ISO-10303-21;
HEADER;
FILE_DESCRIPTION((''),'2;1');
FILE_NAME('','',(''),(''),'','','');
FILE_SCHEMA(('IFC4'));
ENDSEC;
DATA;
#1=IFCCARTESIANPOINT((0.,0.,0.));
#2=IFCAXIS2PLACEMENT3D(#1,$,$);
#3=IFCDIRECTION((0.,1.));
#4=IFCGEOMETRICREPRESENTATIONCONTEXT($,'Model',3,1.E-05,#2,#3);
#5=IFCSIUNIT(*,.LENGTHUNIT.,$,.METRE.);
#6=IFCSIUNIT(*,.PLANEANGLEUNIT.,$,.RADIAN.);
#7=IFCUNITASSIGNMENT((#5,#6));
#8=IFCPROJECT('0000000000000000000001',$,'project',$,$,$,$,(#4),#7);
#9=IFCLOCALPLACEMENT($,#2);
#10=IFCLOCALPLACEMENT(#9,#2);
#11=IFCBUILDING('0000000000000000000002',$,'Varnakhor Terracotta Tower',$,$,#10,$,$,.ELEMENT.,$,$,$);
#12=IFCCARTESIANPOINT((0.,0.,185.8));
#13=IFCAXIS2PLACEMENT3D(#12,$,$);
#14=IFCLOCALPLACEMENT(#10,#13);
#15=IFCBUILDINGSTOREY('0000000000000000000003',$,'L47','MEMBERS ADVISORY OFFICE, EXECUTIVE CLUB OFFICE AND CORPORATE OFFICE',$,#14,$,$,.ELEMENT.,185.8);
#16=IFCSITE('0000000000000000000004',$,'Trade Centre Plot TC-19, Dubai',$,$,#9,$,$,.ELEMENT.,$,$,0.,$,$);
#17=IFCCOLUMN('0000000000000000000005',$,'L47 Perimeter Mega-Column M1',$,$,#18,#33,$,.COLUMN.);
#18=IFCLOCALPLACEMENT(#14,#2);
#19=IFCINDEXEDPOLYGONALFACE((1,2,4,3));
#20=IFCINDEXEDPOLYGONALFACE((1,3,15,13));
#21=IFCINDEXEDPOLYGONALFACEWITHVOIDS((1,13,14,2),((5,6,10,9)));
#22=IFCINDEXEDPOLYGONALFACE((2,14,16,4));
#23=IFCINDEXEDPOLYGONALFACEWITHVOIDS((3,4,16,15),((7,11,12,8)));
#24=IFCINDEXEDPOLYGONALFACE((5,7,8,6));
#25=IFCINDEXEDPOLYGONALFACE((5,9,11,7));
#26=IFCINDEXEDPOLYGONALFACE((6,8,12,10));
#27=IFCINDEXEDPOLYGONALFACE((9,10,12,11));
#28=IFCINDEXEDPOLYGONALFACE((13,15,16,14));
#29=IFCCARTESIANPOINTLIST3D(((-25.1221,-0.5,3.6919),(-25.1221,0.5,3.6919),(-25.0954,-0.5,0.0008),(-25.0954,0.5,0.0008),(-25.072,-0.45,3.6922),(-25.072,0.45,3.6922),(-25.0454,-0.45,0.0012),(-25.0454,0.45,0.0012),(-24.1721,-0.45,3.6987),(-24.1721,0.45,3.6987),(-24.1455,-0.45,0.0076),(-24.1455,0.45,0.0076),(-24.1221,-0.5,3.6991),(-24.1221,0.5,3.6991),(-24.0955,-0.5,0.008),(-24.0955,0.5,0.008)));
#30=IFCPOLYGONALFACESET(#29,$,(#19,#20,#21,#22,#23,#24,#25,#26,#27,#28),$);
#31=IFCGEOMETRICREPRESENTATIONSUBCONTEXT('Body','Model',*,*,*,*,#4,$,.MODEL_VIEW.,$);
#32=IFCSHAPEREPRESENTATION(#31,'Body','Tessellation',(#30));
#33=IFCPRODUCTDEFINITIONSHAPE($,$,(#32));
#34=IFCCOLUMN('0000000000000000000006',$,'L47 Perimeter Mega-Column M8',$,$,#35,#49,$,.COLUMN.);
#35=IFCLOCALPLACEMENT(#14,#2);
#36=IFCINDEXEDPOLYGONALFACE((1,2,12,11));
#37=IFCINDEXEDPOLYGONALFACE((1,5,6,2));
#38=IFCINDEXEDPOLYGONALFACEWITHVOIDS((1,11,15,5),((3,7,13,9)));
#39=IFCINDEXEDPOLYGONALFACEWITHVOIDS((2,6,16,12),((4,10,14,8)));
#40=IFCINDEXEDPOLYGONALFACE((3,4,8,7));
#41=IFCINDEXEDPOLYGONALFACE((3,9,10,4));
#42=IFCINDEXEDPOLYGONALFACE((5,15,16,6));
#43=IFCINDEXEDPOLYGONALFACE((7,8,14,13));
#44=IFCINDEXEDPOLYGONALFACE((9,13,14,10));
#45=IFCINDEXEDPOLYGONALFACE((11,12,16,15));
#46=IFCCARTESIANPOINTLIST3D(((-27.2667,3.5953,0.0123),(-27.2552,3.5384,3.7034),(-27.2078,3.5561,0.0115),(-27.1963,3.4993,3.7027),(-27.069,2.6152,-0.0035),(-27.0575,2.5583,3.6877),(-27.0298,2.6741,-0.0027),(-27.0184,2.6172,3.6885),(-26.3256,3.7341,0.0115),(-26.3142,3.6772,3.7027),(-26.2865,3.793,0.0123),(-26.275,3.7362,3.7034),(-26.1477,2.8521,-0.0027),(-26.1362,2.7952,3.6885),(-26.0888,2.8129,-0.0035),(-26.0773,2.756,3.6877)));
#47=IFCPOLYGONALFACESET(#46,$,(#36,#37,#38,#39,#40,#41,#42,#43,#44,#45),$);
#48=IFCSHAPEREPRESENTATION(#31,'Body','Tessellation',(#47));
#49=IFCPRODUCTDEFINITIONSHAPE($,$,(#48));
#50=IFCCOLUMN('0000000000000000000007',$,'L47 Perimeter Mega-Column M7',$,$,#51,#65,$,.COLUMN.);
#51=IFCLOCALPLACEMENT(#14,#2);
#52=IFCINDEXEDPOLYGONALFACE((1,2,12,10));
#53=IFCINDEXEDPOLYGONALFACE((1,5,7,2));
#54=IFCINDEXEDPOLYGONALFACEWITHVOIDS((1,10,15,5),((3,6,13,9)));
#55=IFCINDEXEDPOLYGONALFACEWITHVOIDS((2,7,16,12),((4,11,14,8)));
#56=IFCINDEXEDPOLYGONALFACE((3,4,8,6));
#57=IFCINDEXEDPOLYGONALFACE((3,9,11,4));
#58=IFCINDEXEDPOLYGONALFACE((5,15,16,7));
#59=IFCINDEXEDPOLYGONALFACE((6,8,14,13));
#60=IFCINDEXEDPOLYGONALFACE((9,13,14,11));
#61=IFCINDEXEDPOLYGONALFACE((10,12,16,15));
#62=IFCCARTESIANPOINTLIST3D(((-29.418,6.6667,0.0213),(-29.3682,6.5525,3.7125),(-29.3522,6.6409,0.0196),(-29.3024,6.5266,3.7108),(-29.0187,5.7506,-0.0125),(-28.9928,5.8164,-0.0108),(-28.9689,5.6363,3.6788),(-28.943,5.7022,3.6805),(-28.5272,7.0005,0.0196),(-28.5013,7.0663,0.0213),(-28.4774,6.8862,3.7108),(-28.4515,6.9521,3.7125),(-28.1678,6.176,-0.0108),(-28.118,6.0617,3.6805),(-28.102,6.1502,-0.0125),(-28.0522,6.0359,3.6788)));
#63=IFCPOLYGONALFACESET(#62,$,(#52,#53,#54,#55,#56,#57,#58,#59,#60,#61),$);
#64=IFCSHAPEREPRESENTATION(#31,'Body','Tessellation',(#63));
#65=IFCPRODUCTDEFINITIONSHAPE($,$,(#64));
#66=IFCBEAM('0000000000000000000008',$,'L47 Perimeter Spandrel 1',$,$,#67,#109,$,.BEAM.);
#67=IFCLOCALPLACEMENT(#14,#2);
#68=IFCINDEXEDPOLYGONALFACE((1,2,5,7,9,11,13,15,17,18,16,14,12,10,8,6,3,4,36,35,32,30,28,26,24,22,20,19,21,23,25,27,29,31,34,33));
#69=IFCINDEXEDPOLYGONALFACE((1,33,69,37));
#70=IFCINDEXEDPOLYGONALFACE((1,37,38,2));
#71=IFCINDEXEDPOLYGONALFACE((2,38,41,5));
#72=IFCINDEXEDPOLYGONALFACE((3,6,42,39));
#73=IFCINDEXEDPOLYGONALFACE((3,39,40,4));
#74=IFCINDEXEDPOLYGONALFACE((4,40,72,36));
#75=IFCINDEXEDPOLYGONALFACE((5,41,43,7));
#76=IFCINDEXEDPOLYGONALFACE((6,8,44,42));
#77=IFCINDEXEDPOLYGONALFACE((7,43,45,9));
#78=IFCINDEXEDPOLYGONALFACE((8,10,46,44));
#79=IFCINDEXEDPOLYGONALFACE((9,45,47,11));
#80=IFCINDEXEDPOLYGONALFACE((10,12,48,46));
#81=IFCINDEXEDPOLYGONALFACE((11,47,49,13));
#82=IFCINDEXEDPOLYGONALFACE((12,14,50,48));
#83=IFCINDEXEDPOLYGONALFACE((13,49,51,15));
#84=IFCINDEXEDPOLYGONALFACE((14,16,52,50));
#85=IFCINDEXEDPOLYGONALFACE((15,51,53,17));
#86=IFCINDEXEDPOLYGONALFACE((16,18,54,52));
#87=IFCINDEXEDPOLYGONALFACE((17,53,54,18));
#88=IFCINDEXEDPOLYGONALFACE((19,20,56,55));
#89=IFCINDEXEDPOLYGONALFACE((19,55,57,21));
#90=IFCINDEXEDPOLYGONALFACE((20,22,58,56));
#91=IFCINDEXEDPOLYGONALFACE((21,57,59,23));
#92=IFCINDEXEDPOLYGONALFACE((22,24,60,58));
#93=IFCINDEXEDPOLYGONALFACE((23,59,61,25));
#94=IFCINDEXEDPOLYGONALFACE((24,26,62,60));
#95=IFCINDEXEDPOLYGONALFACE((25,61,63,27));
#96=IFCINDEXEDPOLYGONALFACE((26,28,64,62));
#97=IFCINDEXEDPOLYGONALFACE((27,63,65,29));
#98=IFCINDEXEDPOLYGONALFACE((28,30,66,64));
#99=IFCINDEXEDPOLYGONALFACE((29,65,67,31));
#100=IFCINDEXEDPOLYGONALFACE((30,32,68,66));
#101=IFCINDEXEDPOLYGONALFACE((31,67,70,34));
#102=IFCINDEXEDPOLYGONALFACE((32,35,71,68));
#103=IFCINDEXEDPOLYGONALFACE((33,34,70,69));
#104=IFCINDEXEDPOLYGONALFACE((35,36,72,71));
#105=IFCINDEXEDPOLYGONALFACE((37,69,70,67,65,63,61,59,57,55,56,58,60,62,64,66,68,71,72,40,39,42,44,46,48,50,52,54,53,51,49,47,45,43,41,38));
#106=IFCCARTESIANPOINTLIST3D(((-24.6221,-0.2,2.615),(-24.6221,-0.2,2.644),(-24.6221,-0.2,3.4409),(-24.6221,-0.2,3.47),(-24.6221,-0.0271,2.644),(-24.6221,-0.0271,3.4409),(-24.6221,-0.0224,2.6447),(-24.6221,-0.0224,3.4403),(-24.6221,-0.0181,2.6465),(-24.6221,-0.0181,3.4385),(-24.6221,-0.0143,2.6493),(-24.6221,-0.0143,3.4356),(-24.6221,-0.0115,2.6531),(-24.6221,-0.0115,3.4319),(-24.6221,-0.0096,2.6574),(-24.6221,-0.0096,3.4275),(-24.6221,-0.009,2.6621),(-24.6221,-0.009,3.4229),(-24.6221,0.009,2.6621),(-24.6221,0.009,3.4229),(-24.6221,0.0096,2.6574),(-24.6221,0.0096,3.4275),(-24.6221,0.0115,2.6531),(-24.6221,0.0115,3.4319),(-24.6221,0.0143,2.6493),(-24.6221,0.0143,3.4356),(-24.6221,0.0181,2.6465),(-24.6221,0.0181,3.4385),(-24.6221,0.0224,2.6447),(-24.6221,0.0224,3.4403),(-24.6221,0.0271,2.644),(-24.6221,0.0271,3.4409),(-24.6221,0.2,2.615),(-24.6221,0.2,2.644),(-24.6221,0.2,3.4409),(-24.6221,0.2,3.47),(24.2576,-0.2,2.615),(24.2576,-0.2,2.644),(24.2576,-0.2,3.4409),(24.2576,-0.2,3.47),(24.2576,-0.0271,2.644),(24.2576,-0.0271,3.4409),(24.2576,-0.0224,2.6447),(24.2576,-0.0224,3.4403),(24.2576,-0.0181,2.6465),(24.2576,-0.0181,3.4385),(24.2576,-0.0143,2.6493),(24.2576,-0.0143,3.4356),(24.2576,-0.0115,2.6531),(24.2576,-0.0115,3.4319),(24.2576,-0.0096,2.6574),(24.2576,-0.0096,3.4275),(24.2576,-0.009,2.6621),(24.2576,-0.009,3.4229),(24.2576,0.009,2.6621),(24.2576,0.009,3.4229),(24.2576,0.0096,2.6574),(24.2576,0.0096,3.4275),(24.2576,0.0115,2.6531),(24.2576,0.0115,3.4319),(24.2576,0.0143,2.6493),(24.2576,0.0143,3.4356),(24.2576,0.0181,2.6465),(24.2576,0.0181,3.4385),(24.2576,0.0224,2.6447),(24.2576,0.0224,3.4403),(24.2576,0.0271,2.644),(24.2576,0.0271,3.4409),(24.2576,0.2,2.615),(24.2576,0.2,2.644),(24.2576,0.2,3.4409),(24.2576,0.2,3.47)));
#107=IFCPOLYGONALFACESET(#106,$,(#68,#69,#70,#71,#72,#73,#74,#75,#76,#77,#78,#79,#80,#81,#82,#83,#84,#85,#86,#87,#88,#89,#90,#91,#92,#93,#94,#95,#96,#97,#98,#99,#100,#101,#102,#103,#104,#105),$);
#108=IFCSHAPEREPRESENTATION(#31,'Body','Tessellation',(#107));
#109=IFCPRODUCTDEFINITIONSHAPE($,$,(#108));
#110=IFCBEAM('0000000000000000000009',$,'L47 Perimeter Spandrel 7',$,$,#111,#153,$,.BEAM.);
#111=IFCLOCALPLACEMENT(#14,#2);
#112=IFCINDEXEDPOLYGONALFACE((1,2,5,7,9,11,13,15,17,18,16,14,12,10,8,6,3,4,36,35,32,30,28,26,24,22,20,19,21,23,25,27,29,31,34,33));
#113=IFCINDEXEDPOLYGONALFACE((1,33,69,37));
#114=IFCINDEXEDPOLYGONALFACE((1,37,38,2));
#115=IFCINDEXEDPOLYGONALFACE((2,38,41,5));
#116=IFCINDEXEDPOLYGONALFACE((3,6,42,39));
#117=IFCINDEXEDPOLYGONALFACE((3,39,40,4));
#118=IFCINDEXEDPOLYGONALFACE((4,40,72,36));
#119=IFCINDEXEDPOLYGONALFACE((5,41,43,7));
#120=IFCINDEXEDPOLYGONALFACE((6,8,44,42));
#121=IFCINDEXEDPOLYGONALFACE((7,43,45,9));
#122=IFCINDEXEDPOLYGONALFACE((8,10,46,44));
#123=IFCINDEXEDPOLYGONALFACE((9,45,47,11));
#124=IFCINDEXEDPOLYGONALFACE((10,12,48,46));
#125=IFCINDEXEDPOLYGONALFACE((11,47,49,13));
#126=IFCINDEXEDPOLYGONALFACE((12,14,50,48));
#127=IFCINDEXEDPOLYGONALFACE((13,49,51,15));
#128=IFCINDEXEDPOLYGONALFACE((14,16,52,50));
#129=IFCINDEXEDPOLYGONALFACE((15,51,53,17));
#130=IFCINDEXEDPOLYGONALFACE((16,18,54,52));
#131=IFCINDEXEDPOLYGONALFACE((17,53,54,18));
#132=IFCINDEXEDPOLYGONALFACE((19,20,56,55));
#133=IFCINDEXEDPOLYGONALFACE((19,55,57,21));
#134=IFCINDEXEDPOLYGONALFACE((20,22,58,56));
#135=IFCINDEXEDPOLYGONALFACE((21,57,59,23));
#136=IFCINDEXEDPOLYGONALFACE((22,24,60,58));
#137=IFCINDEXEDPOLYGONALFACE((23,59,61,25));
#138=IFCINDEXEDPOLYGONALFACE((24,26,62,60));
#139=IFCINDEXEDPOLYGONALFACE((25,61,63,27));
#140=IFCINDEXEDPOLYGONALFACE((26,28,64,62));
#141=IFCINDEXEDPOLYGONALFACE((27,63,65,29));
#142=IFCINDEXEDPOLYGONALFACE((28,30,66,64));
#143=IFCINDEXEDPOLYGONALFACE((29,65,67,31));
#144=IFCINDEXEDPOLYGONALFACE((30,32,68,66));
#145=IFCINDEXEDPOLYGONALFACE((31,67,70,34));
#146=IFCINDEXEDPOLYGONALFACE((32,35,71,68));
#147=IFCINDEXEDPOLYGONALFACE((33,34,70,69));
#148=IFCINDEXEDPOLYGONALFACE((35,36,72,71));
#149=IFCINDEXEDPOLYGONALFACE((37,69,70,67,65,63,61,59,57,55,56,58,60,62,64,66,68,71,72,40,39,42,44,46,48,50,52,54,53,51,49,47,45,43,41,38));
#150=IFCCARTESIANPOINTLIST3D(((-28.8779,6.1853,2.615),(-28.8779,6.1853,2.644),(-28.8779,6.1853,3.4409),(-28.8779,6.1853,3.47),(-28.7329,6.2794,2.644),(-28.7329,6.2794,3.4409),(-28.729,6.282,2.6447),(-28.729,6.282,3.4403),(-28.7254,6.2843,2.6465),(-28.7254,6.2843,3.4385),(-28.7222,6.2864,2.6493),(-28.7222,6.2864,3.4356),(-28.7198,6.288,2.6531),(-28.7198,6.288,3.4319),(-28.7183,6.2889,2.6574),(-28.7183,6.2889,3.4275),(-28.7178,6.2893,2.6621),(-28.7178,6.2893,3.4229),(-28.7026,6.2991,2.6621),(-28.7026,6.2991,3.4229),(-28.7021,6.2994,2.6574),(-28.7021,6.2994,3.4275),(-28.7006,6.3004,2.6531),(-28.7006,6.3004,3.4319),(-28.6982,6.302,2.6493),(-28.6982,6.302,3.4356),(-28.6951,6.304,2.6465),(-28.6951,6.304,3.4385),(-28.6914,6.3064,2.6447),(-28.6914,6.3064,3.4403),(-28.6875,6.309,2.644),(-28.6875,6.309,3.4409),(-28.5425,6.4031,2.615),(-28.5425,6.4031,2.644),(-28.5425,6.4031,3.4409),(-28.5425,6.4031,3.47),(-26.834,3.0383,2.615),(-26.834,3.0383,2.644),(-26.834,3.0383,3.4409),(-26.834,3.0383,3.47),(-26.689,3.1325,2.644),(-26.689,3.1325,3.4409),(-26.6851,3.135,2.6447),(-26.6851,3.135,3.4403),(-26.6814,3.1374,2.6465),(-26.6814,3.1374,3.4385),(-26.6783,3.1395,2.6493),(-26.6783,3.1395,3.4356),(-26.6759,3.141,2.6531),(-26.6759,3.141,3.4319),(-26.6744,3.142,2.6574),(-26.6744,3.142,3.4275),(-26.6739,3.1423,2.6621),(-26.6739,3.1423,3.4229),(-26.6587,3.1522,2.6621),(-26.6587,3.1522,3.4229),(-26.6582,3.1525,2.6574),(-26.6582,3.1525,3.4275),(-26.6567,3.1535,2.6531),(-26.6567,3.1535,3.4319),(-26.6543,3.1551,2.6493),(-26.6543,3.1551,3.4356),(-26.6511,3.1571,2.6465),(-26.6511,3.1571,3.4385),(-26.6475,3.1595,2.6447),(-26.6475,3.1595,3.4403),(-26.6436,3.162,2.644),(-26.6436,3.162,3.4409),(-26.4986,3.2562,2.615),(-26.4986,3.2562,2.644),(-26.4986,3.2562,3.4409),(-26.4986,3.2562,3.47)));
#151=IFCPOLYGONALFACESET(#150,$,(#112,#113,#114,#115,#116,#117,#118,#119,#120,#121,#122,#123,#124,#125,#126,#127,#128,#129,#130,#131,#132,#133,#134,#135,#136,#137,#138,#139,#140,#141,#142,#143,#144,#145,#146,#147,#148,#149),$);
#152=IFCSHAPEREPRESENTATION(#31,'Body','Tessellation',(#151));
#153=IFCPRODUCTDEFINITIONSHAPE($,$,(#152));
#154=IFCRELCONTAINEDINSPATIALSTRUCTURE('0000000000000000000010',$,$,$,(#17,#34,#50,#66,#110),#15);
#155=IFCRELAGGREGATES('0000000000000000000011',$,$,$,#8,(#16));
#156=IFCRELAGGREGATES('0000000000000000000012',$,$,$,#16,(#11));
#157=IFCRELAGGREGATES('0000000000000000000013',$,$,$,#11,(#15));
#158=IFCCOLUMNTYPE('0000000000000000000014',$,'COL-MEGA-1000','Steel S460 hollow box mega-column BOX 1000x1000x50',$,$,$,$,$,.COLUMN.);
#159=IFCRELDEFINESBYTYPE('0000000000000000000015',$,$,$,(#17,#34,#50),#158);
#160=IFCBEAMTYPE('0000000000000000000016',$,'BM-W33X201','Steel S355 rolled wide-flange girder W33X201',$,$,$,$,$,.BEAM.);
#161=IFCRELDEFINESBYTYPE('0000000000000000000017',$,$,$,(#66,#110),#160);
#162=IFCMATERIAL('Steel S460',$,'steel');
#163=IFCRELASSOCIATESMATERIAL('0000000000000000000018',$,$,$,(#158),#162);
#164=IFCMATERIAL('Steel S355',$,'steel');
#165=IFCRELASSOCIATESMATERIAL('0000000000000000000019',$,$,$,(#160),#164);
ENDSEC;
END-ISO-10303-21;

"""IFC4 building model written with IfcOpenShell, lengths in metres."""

from ifc_helpers import new_model, si_unit, direction, frame, origin, origin_2d, place, context, subcontext, project, spatial, hollow_rectangle, i_section, extrude, source, transform, mapped, material, material_profile, profile_set, type_object, element, save


model = new_model("IFC4")

# Units and contexts
model_context = context("Model", 3, precision=1e-05, world=origin(), true_north=direction((0.0, 1.0)))
body_context = subcontext(model_context, "Body", "Model", "MODEL_VIEW")
ifc_project = project(units=[si_unit("LENGTHUNIT", "METRE"), si_unit("PLANEANGLEUNIT", "RADIAN")], contexts=[model_context])

# Site, building, storey
site_placement = place(None, origin())
site = spatial("IfcSite", under=ifc_project, at=site_placement, Name="Trade Centre Plot TC-19, Dubai", CompositionType="ELEMENT", RefElevation=0.0)
building_placement = place(site_placement, origin())
building = spatial("IfcBuilding", under=site, at=building_placement, Name="Varnakhor Terracotta Tower", CompositionType="ELEMENT")
storey_placement = place(building_placement, frame((0.0, 0.0, 185.8)))
storey = spatial("IfcBuildingStorey", under=building, at=storey_placement, Name="L47", Description="MEMBERS ADVISORY OFFICE, EXECUTIVE CLUB OFFICE AND CORPORATE OFFICE", CompositionType="ELEMENT", Elevation=185.8)

# Columns
ifc_material_1 = material(Name="Steel S460", Category="steel")
ifc_material_profile_1 = material_profile(ifc_material_1, hollow_rectangle(XDim=1.0, YDim=1.0, WallThickness=0.05, at=origin_2d()), Name="BOX 1000x1000x50")
ifc_profile_set_1 = profile_set([ifc_material_profile_1], Name="Steel S460")
column_type = type_object("IfcColumnType", Name="COL-MEGA-1000", Description="Steel S460 hollow box mega-column BOX 1000x1000x50", PredefinedType="COLUMN", material=ifc_profile_set_1)
shared_shape_1 = source(origin(), body_context, "Body", "SweptSolid", [
    extrude(hollow_rectangle(XDim=1.0, YDim=1.0, WallThickness=0.05, at=origin_2d()), origin(), (0.0, 0.0, 1.0), 3.6912),
])
column_1_placement = place(storey_placement, frame((-24.5955, 0.0, 0.0044), z_axis=(-0.007209, 0.0, 0.999974), x_axis=(0.0, -1.0, 0.0)))
element("IfcColumn", 1, at=column_1_placement, inside=storey, type_object=column_type, Name="L47 Perimeter Mega-Column M1", PredefinedType="COLUMN", context=body_context, shape_type="MappedRepresentation", body=[
    mapped(shared_shape_1, transform((0.0, 0.0, 0.0), scale=1.0)),
])
shared_shape_2 = source(origin(), body_context, "Body", "SweptSolid", [
    extrude(hollow_rectangle(XDim=1.0, YDim=1.0, WallThickness=0.05, at=origin_2d()), origin(), (0.0, 0.0, 1.0), 3.6917),
])
column_2_placement = place(storey_placement, frame((-26.6777, 3.2041, 0.0044), z_axis=(0.003108, -0.015409, 0.999876), x_axis=(0.980256, 0.197734, 0.0)))
element("IfcColumn", 2, at=column_2_placement, inside=storey, type_object=column_type, Name="L47 Perimeter Mega-Column M8", PredefinedType="COLUMN", context=body_context, shape_type="MappedRepresentation", body=[
    mapped(shared_shape_2, transform((0.0, 0.0, 0.0), scale=1.0)),
])
shared_shape_3 = source(origin(), body_context, "Body", "SweptSolid", [
    extrude(hollow_rectangle(XDim=1.0, YDim=1.0, WallThickness=0.05, at=origin_2d()), origin(), (0.0, 0.0, 1.0), 3.6934),
])
column_3_placement = place(storey_placement, frame((-28.76, 6.4084, 0.0044), z_axis=(0.013485, -0.030937, 0.99943), x_axis=(0.916696, 0.399585, 0.0)))
element("IfcColumn", 3, at=column_3_placement, inside=storey, type_object=column_type, Name="L47 Perimeter Mega-Column M7", PredefinedType="COLUMN", context=body_context, shape_type="MappedRepresentation", body=[
    mapped(shared_shape_3, transform((0.0, 0.0, 0.0), scale=1.0)),
])

# Beams
ifc_material_2 = material(Name="Steel S355", Category="steel")
ifc_material_profile_2 = material_profile(ifc_material_2, i_section(OverallWidth=0.3999, OverallDepth=0.855, WebThickness=0.0181, FlangeThickness=0.0291, FilletRadius=0.0181, at=origin_2d()), Name="W33X201")
ifc_profile_set_2 = profile_set([ifc_material_profile_2], Name="Steel S355")
beam_type_1 = type_object("IfcBeamType", Name="BM-W33X201", Description="Steel S355 rolled wide-flange girder W33X201", PredefinedType="BEAM", material=ifc_profile_set_2)
shared_shape_4 = source(origin(), body_context, "Body", "SweptSolid", [
    extrude(i_section(OverallWidth=0.3999, OverallDepth=0.855, WebThickness=0.0181, FlangeThickness=0.0291, FilletRadius=0.0181, at=origin_2d()), origin(), (0.0, 0.0, 1.0), 48.8796),
])
beam_1_placement = place(storey_placement, frame((-24.6221, 0.0, 3.0425), z_axis=(1.0, 0.0, 0.0), x_axis=(0.0, 1.0, 0.0)))
element("IfcBeam", 4, at=beam_1_placement, inside=storey, type_object=beam_type_1, Name="L47 Perimeter Spandrel 1", PredefinedType="BEAM", context=body_context, shape_type="MappedRepresentation", body=[
    mapped(shared_shape_4, transform((0.0, 0.0, 0.0), scale=1.0)),
])
shared_shape_5 = source(origin(), body_context, "Body", "SweptSolid", [
    extrude(i_section(OverallWidth=0.3999, OverallDepth=0.855, WebThickness=0.0181, FlangeThickness=0.0291, FilletRadius=0.0181, at=origin_2d()), origin(), (0.0, 0.0, 1.0), 3.7524),
])
beam_2_placement = place(storey_placement, frame((-28.7102, 6.2942, 3.0425), z_axis=(0.544691, -0.838637, 0.0), x_axis=(0.838637, 0.544691, 0.0)))
element("IfcBeam", 5, at=beam_2_placement, inside=storey, type_object=beam_type_1, Name="L47 Perimeter Spandrel 7", PredefinedType="BEAM", context=body_context, shape_type="MappedRepresentation", body=[
    mapped(shared_shape_5, transform((0.0, 0.0, 0.0), scale=1.0)),
])

save(model, "model.ifc")
